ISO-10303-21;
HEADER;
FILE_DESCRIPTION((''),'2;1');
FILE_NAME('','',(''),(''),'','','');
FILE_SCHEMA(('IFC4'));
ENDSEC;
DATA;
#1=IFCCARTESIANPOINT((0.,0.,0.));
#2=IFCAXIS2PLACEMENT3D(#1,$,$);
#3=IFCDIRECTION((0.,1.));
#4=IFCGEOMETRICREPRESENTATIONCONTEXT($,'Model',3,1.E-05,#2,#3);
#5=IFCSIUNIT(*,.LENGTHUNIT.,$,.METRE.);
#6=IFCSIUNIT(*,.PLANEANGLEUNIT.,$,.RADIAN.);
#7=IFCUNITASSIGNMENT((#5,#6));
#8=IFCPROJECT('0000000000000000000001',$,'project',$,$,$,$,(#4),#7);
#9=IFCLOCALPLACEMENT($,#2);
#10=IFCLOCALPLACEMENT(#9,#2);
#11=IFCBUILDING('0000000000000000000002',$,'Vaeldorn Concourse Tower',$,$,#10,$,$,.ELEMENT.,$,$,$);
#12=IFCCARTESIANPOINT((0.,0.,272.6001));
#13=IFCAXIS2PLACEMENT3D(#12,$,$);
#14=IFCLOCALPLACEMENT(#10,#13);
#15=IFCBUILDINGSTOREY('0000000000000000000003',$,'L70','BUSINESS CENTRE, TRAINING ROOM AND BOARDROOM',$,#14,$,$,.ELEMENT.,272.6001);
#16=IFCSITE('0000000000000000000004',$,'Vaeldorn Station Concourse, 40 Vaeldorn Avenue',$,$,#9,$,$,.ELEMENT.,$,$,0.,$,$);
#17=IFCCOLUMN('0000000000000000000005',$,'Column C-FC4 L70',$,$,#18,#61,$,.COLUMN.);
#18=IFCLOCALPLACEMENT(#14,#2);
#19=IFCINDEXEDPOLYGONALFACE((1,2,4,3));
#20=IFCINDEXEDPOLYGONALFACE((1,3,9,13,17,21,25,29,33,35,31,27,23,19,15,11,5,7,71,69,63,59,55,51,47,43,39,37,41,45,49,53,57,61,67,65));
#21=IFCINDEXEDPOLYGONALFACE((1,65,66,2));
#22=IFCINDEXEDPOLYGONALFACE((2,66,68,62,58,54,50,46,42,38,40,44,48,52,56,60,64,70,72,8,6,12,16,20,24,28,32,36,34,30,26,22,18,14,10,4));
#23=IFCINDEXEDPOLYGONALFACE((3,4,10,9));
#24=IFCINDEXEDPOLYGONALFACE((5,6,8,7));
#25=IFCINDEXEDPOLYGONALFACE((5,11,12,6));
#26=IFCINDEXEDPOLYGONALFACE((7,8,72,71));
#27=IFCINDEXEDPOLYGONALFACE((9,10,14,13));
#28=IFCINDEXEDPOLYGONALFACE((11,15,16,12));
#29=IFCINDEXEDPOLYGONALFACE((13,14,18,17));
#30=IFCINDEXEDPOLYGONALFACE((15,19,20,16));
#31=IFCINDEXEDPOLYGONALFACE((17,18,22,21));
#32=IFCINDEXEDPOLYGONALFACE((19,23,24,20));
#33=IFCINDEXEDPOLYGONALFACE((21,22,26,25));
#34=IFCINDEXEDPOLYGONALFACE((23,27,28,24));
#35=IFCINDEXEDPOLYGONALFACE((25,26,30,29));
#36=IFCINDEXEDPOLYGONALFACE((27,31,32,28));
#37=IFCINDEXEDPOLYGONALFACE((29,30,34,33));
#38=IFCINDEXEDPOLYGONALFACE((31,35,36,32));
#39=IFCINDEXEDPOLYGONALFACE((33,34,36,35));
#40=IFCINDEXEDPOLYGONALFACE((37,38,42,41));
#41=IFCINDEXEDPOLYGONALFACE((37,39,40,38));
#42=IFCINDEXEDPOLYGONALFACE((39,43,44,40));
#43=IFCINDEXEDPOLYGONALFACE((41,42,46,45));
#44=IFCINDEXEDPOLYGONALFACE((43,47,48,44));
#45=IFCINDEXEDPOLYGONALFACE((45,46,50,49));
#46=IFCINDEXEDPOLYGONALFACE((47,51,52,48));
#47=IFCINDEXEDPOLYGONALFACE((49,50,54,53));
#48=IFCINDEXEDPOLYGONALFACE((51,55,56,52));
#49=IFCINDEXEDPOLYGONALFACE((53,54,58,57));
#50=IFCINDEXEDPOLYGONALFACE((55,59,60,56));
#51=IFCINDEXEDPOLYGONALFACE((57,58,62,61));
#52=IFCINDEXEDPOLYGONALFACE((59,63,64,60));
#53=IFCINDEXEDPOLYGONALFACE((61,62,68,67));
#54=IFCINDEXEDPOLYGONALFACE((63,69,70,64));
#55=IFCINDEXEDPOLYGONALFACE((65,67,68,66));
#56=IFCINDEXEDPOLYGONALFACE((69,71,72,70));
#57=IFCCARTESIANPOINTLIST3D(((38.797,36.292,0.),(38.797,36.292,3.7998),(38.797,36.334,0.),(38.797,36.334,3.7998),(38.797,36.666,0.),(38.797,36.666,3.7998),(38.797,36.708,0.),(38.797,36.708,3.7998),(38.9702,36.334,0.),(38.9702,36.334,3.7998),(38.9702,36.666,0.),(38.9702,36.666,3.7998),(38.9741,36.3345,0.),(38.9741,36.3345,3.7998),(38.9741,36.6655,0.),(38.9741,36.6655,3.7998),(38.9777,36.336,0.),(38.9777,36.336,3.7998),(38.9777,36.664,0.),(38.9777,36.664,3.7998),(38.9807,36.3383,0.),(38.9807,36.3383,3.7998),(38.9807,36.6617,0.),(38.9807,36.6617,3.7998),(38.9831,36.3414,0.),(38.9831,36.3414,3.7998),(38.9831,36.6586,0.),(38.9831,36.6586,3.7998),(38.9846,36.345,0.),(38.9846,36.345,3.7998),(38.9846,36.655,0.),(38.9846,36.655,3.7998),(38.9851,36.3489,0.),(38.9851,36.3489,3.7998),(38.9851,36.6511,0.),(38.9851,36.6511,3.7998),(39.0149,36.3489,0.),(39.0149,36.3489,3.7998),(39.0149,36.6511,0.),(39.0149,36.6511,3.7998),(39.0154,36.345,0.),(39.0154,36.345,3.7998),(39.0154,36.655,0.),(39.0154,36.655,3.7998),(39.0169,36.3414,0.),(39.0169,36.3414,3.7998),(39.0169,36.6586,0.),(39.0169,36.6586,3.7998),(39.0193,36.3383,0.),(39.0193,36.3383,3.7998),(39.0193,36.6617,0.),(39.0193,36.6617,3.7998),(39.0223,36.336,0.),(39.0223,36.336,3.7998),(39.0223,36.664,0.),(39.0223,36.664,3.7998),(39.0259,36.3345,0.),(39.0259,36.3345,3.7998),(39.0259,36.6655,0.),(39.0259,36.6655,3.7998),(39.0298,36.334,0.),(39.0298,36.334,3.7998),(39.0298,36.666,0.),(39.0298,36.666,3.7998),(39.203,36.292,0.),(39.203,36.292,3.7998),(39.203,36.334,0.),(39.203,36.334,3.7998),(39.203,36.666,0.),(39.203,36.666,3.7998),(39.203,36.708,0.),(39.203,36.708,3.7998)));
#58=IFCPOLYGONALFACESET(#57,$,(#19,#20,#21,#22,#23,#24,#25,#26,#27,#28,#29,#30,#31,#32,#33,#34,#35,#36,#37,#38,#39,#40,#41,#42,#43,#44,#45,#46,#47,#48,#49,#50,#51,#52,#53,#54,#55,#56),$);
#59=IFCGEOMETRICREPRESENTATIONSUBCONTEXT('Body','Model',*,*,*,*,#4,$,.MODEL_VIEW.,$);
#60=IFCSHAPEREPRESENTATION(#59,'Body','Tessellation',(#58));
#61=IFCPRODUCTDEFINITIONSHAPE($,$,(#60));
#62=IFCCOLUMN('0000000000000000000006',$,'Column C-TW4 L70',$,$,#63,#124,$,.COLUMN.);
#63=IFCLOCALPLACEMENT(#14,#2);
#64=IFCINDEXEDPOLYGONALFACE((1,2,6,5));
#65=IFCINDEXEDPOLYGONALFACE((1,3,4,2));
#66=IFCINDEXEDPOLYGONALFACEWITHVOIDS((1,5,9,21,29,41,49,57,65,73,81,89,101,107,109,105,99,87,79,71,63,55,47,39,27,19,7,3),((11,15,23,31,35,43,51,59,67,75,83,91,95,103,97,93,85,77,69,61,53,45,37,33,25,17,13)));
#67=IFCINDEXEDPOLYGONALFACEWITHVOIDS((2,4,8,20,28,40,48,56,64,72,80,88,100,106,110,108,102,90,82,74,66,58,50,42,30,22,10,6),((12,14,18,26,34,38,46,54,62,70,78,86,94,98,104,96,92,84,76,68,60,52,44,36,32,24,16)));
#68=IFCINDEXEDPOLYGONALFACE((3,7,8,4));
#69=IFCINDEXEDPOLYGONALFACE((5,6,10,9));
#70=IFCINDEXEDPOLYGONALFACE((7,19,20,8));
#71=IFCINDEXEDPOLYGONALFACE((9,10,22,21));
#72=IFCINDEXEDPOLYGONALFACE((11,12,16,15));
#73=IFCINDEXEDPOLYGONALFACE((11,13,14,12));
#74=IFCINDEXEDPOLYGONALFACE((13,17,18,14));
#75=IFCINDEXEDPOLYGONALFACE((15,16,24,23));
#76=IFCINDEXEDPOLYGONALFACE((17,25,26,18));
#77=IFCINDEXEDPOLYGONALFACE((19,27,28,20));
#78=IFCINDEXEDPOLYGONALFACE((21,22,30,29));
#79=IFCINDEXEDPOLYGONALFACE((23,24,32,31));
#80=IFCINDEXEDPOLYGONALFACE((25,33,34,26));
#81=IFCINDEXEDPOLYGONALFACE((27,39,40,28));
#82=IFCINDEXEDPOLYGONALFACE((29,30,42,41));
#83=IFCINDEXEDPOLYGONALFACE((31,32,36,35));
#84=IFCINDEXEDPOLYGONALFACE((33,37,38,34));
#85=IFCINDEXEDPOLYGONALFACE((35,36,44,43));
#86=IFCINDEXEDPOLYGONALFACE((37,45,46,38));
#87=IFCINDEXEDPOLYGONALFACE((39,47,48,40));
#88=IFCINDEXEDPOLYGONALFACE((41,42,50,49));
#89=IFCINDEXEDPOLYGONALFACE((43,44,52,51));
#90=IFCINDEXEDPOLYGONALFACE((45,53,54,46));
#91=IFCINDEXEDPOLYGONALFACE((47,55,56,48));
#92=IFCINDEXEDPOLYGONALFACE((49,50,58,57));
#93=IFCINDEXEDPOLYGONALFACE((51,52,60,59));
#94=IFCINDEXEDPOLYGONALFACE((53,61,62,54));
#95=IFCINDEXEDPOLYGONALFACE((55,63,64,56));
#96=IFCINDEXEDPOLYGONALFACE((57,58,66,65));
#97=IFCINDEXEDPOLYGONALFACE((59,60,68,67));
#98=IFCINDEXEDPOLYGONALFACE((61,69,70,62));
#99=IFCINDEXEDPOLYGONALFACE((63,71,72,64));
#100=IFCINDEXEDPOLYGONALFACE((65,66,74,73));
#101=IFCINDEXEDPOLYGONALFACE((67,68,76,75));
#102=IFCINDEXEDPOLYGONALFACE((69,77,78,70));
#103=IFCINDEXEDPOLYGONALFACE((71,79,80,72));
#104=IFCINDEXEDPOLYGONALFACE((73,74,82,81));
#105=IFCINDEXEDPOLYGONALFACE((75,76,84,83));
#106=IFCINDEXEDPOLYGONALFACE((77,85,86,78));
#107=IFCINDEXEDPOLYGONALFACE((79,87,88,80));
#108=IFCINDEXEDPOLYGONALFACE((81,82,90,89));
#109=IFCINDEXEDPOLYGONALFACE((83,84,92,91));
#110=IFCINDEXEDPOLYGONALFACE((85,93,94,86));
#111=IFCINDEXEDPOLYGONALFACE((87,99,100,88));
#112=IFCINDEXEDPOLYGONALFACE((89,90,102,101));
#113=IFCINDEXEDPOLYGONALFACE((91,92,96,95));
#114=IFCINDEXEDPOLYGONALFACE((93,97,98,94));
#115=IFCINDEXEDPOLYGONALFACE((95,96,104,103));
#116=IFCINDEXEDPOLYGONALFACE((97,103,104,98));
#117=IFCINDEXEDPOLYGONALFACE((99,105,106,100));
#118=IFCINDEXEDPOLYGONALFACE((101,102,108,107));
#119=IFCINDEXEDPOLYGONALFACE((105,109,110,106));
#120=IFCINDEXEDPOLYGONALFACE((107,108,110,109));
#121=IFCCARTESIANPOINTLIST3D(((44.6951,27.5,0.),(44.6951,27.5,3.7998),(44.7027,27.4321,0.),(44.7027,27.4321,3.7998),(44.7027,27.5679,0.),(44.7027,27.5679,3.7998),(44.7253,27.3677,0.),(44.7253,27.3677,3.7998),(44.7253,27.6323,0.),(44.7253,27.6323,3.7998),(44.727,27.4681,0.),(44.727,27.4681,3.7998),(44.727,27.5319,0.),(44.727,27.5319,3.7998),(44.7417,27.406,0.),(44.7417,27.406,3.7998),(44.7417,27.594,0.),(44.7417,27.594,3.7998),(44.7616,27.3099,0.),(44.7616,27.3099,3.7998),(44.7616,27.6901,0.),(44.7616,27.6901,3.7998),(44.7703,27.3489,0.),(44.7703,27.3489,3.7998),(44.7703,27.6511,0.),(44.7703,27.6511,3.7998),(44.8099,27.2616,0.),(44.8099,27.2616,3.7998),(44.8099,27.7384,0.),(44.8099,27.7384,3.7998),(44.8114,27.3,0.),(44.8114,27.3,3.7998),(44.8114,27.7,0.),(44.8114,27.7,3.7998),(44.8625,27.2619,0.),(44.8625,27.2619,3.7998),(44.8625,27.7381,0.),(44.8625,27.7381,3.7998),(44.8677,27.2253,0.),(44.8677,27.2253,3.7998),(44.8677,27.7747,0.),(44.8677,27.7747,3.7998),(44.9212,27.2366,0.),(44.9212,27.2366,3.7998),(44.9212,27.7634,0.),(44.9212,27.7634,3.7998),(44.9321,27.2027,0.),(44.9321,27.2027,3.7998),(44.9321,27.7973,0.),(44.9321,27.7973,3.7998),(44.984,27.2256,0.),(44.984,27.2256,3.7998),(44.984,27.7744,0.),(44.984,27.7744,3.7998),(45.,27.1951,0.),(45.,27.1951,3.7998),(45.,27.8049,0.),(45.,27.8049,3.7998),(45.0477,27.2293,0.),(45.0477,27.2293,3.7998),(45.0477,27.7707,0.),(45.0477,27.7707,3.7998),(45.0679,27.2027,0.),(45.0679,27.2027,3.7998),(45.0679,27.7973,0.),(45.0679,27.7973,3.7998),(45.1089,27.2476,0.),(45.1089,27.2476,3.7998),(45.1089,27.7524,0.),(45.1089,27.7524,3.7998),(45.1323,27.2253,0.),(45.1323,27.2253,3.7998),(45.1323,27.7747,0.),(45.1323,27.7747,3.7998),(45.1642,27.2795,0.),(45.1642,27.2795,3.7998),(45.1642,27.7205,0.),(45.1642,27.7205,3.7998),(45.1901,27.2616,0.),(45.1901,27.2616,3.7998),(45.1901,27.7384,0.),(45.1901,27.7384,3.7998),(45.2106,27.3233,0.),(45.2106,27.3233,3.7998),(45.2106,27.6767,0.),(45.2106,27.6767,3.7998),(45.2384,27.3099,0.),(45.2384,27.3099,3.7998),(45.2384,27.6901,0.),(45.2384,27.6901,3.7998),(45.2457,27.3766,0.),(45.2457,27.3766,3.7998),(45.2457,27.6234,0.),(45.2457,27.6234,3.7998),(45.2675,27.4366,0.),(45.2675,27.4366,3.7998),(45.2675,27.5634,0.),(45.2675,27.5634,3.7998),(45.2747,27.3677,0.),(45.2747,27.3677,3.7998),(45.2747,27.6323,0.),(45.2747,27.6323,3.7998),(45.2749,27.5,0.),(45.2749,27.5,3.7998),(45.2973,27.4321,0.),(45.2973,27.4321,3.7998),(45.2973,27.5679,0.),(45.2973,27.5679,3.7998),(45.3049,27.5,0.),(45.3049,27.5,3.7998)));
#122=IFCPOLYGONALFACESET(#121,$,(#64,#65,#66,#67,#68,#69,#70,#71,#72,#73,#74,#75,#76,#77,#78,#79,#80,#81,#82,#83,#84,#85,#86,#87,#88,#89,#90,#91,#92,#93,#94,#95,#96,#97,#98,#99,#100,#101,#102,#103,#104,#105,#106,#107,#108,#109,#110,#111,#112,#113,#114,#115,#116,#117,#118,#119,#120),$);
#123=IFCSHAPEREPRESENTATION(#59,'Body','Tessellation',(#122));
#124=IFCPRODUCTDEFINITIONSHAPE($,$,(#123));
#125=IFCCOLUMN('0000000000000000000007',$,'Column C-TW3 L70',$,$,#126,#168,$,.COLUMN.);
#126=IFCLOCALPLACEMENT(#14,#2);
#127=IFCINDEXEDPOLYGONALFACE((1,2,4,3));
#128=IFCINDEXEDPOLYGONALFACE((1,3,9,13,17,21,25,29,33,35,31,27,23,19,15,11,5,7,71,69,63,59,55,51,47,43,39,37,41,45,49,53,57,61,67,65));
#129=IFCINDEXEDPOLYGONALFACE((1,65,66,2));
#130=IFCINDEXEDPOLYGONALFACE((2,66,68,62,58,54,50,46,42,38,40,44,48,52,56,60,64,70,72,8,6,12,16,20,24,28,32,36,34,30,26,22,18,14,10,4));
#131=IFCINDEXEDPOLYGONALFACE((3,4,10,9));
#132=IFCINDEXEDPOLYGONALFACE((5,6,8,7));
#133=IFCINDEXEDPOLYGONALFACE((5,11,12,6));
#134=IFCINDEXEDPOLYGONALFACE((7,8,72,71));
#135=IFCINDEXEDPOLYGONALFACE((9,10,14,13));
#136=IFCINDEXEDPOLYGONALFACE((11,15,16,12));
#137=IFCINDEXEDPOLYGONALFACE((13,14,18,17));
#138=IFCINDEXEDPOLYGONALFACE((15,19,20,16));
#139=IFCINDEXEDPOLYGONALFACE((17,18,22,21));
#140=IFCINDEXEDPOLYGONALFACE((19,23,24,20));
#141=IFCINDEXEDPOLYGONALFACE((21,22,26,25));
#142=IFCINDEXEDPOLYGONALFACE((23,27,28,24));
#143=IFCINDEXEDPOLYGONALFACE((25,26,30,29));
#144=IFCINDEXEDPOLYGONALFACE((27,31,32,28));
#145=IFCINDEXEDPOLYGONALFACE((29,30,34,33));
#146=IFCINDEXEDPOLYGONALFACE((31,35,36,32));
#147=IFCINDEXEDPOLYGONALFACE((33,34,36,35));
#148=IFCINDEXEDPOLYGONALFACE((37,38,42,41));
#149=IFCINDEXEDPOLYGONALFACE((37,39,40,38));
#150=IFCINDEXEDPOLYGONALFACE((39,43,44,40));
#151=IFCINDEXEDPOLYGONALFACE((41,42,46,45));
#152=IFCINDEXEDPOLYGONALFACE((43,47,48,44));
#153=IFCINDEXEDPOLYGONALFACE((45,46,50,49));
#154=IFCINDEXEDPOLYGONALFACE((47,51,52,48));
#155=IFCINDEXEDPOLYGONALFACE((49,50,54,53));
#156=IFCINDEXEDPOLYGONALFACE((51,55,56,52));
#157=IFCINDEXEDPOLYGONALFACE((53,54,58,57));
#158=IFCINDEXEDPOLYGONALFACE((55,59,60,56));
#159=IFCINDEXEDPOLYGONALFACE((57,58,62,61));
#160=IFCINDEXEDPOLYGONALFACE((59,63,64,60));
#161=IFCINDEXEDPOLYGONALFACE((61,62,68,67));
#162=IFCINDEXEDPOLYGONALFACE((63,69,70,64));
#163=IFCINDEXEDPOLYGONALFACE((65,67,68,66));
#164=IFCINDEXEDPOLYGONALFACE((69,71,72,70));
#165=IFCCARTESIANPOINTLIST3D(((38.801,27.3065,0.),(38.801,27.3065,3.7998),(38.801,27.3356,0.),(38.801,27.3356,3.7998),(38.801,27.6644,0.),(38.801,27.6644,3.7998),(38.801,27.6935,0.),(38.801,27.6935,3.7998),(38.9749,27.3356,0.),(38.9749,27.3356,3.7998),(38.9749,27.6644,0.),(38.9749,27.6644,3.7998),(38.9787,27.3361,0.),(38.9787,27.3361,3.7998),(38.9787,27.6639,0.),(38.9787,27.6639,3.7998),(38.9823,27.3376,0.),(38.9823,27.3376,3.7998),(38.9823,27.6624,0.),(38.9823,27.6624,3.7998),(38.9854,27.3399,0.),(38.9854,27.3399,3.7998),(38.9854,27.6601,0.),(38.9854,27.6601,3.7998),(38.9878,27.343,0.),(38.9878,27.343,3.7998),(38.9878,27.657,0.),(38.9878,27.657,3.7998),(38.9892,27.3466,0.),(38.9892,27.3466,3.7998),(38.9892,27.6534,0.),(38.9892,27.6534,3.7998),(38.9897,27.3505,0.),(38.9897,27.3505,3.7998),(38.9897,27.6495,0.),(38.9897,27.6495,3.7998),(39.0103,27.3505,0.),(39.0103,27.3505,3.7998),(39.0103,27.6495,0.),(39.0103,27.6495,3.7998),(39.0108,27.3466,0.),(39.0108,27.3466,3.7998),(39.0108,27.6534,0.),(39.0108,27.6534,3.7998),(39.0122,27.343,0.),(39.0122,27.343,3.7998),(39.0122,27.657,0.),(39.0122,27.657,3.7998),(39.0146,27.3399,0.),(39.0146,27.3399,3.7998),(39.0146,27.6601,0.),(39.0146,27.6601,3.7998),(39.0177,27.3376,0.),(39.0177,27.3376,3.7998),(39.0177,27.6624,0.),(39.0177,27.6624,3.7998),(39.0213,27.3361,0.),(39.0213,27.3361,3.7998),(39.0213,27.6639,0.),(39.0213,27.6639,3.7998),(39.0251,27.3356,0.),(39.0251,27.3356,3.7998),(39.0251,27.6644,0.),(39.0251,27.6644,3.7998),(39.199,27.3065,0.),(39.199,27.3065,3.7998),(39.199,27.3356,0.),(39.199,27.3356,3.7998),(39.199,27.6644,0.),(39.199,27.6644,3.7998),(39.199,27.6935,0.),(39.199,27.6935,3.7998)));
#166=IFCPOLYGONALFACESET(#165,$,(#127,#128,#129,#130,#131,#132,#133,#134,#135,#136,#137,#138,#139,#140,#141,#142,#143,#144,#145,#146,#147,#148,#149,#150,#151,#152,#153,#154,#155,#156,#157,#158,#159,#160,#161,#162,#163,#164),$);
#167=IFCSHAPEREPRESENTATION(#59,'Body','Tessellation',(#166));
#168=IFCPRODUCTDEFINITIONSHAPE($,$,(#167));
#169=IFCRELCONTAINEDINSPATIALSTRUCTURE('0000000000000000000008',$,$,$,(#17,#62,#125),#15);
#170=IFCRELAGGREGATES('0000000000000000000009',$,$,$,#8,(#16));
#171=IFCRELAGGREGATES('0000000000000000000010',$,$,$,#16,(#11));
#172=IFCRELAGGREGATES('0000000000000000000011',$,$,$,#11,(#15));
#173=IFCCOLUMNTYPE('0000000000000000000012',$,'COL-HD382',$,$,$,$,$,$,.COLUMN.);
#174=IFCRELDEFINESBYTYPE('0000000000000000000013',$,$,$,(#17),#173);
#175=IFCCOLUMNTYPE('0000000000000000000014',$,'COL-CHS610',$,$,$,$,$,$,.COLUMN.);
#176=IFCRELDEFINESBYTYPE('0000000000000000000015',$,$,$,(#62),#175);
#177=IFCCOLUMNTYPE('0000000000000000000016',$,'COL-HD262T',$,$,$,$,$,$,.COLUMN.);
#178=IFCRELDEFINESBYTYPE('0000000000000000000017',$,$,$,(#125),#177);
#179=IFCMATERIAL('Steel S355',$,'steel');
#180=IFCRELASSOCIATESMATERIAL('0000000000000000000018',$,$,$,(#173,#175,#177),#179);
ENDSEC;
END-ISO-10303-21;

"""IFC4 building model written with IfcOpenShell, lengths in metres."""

from ifc_helpers import new_model, si_unit, direction, frame, origin, origin_2d, place, context, subcontext, project, spatial, hollow_circle, i_section, extrude, source, transform, mapped, material, material_profile, profile_set, type_object, element, save


model = new_model("IFC4")

# Units and contexts
model_context = context("Model", 3, precision=1e-05, world=origin(), true_north=direction((0.0, 1.0)))
body_context = subcontext(model_context, "Body", "Model", "MODEL_VIEW")
ifc_project = project(units=[si_unit("LENGTHUNIT", "METRE"), si_unit("PLANEANGLEUNIT", "RADIAN")], contexts=[model_context])

# Site, building, storey
site_placement = place(None, origin())
site = spatial("IfcSite", under=ifc_project, at=site_placement, Name="Vaeldorn Station Concourse, 40 Vaeldorn Avenue", CompositionType="ELEMENT", RefElevation=0.0)
building_placement = place(site_placement, origin())
building = spatial("IfcBuilding", under=site, at=building_placement, Name="Vaeldorn Concourse Tower", CompositionType="ELEMENT")
storey_placement = place(building_placement, frame((0.0, 0.0, 272.6001)))
storey = spatial("IfcBuildingStorey", under=building, at=storey_placement, Name="L70", Description="BUSINESS CENTRE, TRAINING ROOM AND BOARDROOM", CompositionType="ELEMENT", Elevation=272.6001)

# Columns
ifc_material_1 = material(Name="Steel S355", Category="steel")
ifc_material_profile_1 = material_profile(ifc_material_1, i_section(OverallWidth=0.406, OverallDepth=0.416, WebThickness=0.0298, FlangeThickness=0.042, FilletRadius=0.0149, at=origin_2d()), Name="HD 400x382")
ifc_profile_set_1 = profile_set([ifc_material_profile_1], Name="Steel S355")
column_type_1 = type_object("IfcColumnType", Name="COL-HD382", PredefinedType="COLUMN", material=ifc_profile_set_1)
shared_shape_1 = source(origin(), body_context, "Body", "SweptSolid", [
    extrude(i_section(OverallWidth=0.406, OverallDepth=0.416, WebThickness=0.0298, FlangeThickness=0.042, FilletRadius=0.0149, at=origin_2d()), origin(), (0.0, 0.0, 1.0), 3.7998),
])
column_1_placement = place(storey_placement, frame((39.0, 36.5, 0.0), z_axis=(0.0, 0.0, 1.0), x_axis=(1.0, 0.0, 0.0)))
element("IfcColumn", 1, at=column_1_placement, inside=storey, type_object=column_type_1, Name="Column C-FC4 L70", PredefinedType="COLUMN", context=body_context, shape_type="MappedRepresentation", body=[
    mapped(shared_shape_1, transform((0.0, 0.0, 0.0), scale=1.0)),
])
ifc_material_profile_2 = material_profile(ifc_material_1, hollow_circle(Radius=0.3049, WallThickness=0.03, at=origin_2d()), Name="CHS 610x30")
ifc_profile_set_2 = profile_set([ifc_material_profile_2], Name="Steel S355")
column_type_2 = type_object("IfcColumnType", Name="COL-CHS610", PredefinedType="COLUMN", material=ifc_profile_set_2)
shared_shape_2 = source(origin(), body_context, "Body", "SweptSolid", [
    extrude(hollow_circle(Radius=0.3049, WallThickness=0.03, at=origin_2d()), origin(), (0.0, 0.0, 1.0), 3.7998),
])
column_2_placement = place(storey_placement, frame((45.0, 27.5, 0.0), z_axis=(0.0, 0.0, 1.0), x_axis=(1.0, 0.0, 0.0)))
element("IfcColumn", 2, at=column_2_placement, inside=storey, type_object=column_type_2, Name="Column C-TW4 L70", PredefinedType="COLUMN", context=body_context, shape_type="MappedRepresentation", body=[
    mapped(shared_shape_2, transform((0.0, 0.0, 0.0), scale=1.0)),
])
ifc_material_profile_3 = material_profile(ifc_material_1, i_section(OverallWidth=0.3979, OverallDepth=0.387, WebThickness=0.0205, FlangeThickness=0.0291, FilletRadius=0.0149, at=origin_2d()), Name="HD 400x262")
ifc_profile_set_3 = profile_set([ifc_material_profile_3], Name="Steel S355")
column_type_3 = type_object("IfcColumnType", Name="COL-HD262T", PredefinedType="COLUMN", material=ifc_profile_set_3)
shared_shape_3 = source(origin(), body_context, "Body", "SweptSolid", [
    extrude(i_section(OverallWidth=0.3979, OverallDepth=0.387, WebThickness=0.0205, FlangeThickness=0.0291, FilletRadius=0.0149, at=origin_2d()), origin(), (0.0, 0.0, 1.0), 3.7998),
])
column_3_placement = place(storey_placement, frame((39.0, 27.5, 0.0), z_axis=(0.0, 0.0, 1.0), x_axis=(1.0, 0.0, 0.0)))
element("IfcColumn", 3, at=column_3_placement, inside=storey, type_object=column_type_3, Name="Column C-TW3 L70", PredefinedType="COLUMN", context=body_context, shape_type="MappedRepresentation", body=[
    mapped(shared_shape_3, transform((0.0, 0.0, 0.0), scale=1.0)),
])

save(model, "model.ifc")
